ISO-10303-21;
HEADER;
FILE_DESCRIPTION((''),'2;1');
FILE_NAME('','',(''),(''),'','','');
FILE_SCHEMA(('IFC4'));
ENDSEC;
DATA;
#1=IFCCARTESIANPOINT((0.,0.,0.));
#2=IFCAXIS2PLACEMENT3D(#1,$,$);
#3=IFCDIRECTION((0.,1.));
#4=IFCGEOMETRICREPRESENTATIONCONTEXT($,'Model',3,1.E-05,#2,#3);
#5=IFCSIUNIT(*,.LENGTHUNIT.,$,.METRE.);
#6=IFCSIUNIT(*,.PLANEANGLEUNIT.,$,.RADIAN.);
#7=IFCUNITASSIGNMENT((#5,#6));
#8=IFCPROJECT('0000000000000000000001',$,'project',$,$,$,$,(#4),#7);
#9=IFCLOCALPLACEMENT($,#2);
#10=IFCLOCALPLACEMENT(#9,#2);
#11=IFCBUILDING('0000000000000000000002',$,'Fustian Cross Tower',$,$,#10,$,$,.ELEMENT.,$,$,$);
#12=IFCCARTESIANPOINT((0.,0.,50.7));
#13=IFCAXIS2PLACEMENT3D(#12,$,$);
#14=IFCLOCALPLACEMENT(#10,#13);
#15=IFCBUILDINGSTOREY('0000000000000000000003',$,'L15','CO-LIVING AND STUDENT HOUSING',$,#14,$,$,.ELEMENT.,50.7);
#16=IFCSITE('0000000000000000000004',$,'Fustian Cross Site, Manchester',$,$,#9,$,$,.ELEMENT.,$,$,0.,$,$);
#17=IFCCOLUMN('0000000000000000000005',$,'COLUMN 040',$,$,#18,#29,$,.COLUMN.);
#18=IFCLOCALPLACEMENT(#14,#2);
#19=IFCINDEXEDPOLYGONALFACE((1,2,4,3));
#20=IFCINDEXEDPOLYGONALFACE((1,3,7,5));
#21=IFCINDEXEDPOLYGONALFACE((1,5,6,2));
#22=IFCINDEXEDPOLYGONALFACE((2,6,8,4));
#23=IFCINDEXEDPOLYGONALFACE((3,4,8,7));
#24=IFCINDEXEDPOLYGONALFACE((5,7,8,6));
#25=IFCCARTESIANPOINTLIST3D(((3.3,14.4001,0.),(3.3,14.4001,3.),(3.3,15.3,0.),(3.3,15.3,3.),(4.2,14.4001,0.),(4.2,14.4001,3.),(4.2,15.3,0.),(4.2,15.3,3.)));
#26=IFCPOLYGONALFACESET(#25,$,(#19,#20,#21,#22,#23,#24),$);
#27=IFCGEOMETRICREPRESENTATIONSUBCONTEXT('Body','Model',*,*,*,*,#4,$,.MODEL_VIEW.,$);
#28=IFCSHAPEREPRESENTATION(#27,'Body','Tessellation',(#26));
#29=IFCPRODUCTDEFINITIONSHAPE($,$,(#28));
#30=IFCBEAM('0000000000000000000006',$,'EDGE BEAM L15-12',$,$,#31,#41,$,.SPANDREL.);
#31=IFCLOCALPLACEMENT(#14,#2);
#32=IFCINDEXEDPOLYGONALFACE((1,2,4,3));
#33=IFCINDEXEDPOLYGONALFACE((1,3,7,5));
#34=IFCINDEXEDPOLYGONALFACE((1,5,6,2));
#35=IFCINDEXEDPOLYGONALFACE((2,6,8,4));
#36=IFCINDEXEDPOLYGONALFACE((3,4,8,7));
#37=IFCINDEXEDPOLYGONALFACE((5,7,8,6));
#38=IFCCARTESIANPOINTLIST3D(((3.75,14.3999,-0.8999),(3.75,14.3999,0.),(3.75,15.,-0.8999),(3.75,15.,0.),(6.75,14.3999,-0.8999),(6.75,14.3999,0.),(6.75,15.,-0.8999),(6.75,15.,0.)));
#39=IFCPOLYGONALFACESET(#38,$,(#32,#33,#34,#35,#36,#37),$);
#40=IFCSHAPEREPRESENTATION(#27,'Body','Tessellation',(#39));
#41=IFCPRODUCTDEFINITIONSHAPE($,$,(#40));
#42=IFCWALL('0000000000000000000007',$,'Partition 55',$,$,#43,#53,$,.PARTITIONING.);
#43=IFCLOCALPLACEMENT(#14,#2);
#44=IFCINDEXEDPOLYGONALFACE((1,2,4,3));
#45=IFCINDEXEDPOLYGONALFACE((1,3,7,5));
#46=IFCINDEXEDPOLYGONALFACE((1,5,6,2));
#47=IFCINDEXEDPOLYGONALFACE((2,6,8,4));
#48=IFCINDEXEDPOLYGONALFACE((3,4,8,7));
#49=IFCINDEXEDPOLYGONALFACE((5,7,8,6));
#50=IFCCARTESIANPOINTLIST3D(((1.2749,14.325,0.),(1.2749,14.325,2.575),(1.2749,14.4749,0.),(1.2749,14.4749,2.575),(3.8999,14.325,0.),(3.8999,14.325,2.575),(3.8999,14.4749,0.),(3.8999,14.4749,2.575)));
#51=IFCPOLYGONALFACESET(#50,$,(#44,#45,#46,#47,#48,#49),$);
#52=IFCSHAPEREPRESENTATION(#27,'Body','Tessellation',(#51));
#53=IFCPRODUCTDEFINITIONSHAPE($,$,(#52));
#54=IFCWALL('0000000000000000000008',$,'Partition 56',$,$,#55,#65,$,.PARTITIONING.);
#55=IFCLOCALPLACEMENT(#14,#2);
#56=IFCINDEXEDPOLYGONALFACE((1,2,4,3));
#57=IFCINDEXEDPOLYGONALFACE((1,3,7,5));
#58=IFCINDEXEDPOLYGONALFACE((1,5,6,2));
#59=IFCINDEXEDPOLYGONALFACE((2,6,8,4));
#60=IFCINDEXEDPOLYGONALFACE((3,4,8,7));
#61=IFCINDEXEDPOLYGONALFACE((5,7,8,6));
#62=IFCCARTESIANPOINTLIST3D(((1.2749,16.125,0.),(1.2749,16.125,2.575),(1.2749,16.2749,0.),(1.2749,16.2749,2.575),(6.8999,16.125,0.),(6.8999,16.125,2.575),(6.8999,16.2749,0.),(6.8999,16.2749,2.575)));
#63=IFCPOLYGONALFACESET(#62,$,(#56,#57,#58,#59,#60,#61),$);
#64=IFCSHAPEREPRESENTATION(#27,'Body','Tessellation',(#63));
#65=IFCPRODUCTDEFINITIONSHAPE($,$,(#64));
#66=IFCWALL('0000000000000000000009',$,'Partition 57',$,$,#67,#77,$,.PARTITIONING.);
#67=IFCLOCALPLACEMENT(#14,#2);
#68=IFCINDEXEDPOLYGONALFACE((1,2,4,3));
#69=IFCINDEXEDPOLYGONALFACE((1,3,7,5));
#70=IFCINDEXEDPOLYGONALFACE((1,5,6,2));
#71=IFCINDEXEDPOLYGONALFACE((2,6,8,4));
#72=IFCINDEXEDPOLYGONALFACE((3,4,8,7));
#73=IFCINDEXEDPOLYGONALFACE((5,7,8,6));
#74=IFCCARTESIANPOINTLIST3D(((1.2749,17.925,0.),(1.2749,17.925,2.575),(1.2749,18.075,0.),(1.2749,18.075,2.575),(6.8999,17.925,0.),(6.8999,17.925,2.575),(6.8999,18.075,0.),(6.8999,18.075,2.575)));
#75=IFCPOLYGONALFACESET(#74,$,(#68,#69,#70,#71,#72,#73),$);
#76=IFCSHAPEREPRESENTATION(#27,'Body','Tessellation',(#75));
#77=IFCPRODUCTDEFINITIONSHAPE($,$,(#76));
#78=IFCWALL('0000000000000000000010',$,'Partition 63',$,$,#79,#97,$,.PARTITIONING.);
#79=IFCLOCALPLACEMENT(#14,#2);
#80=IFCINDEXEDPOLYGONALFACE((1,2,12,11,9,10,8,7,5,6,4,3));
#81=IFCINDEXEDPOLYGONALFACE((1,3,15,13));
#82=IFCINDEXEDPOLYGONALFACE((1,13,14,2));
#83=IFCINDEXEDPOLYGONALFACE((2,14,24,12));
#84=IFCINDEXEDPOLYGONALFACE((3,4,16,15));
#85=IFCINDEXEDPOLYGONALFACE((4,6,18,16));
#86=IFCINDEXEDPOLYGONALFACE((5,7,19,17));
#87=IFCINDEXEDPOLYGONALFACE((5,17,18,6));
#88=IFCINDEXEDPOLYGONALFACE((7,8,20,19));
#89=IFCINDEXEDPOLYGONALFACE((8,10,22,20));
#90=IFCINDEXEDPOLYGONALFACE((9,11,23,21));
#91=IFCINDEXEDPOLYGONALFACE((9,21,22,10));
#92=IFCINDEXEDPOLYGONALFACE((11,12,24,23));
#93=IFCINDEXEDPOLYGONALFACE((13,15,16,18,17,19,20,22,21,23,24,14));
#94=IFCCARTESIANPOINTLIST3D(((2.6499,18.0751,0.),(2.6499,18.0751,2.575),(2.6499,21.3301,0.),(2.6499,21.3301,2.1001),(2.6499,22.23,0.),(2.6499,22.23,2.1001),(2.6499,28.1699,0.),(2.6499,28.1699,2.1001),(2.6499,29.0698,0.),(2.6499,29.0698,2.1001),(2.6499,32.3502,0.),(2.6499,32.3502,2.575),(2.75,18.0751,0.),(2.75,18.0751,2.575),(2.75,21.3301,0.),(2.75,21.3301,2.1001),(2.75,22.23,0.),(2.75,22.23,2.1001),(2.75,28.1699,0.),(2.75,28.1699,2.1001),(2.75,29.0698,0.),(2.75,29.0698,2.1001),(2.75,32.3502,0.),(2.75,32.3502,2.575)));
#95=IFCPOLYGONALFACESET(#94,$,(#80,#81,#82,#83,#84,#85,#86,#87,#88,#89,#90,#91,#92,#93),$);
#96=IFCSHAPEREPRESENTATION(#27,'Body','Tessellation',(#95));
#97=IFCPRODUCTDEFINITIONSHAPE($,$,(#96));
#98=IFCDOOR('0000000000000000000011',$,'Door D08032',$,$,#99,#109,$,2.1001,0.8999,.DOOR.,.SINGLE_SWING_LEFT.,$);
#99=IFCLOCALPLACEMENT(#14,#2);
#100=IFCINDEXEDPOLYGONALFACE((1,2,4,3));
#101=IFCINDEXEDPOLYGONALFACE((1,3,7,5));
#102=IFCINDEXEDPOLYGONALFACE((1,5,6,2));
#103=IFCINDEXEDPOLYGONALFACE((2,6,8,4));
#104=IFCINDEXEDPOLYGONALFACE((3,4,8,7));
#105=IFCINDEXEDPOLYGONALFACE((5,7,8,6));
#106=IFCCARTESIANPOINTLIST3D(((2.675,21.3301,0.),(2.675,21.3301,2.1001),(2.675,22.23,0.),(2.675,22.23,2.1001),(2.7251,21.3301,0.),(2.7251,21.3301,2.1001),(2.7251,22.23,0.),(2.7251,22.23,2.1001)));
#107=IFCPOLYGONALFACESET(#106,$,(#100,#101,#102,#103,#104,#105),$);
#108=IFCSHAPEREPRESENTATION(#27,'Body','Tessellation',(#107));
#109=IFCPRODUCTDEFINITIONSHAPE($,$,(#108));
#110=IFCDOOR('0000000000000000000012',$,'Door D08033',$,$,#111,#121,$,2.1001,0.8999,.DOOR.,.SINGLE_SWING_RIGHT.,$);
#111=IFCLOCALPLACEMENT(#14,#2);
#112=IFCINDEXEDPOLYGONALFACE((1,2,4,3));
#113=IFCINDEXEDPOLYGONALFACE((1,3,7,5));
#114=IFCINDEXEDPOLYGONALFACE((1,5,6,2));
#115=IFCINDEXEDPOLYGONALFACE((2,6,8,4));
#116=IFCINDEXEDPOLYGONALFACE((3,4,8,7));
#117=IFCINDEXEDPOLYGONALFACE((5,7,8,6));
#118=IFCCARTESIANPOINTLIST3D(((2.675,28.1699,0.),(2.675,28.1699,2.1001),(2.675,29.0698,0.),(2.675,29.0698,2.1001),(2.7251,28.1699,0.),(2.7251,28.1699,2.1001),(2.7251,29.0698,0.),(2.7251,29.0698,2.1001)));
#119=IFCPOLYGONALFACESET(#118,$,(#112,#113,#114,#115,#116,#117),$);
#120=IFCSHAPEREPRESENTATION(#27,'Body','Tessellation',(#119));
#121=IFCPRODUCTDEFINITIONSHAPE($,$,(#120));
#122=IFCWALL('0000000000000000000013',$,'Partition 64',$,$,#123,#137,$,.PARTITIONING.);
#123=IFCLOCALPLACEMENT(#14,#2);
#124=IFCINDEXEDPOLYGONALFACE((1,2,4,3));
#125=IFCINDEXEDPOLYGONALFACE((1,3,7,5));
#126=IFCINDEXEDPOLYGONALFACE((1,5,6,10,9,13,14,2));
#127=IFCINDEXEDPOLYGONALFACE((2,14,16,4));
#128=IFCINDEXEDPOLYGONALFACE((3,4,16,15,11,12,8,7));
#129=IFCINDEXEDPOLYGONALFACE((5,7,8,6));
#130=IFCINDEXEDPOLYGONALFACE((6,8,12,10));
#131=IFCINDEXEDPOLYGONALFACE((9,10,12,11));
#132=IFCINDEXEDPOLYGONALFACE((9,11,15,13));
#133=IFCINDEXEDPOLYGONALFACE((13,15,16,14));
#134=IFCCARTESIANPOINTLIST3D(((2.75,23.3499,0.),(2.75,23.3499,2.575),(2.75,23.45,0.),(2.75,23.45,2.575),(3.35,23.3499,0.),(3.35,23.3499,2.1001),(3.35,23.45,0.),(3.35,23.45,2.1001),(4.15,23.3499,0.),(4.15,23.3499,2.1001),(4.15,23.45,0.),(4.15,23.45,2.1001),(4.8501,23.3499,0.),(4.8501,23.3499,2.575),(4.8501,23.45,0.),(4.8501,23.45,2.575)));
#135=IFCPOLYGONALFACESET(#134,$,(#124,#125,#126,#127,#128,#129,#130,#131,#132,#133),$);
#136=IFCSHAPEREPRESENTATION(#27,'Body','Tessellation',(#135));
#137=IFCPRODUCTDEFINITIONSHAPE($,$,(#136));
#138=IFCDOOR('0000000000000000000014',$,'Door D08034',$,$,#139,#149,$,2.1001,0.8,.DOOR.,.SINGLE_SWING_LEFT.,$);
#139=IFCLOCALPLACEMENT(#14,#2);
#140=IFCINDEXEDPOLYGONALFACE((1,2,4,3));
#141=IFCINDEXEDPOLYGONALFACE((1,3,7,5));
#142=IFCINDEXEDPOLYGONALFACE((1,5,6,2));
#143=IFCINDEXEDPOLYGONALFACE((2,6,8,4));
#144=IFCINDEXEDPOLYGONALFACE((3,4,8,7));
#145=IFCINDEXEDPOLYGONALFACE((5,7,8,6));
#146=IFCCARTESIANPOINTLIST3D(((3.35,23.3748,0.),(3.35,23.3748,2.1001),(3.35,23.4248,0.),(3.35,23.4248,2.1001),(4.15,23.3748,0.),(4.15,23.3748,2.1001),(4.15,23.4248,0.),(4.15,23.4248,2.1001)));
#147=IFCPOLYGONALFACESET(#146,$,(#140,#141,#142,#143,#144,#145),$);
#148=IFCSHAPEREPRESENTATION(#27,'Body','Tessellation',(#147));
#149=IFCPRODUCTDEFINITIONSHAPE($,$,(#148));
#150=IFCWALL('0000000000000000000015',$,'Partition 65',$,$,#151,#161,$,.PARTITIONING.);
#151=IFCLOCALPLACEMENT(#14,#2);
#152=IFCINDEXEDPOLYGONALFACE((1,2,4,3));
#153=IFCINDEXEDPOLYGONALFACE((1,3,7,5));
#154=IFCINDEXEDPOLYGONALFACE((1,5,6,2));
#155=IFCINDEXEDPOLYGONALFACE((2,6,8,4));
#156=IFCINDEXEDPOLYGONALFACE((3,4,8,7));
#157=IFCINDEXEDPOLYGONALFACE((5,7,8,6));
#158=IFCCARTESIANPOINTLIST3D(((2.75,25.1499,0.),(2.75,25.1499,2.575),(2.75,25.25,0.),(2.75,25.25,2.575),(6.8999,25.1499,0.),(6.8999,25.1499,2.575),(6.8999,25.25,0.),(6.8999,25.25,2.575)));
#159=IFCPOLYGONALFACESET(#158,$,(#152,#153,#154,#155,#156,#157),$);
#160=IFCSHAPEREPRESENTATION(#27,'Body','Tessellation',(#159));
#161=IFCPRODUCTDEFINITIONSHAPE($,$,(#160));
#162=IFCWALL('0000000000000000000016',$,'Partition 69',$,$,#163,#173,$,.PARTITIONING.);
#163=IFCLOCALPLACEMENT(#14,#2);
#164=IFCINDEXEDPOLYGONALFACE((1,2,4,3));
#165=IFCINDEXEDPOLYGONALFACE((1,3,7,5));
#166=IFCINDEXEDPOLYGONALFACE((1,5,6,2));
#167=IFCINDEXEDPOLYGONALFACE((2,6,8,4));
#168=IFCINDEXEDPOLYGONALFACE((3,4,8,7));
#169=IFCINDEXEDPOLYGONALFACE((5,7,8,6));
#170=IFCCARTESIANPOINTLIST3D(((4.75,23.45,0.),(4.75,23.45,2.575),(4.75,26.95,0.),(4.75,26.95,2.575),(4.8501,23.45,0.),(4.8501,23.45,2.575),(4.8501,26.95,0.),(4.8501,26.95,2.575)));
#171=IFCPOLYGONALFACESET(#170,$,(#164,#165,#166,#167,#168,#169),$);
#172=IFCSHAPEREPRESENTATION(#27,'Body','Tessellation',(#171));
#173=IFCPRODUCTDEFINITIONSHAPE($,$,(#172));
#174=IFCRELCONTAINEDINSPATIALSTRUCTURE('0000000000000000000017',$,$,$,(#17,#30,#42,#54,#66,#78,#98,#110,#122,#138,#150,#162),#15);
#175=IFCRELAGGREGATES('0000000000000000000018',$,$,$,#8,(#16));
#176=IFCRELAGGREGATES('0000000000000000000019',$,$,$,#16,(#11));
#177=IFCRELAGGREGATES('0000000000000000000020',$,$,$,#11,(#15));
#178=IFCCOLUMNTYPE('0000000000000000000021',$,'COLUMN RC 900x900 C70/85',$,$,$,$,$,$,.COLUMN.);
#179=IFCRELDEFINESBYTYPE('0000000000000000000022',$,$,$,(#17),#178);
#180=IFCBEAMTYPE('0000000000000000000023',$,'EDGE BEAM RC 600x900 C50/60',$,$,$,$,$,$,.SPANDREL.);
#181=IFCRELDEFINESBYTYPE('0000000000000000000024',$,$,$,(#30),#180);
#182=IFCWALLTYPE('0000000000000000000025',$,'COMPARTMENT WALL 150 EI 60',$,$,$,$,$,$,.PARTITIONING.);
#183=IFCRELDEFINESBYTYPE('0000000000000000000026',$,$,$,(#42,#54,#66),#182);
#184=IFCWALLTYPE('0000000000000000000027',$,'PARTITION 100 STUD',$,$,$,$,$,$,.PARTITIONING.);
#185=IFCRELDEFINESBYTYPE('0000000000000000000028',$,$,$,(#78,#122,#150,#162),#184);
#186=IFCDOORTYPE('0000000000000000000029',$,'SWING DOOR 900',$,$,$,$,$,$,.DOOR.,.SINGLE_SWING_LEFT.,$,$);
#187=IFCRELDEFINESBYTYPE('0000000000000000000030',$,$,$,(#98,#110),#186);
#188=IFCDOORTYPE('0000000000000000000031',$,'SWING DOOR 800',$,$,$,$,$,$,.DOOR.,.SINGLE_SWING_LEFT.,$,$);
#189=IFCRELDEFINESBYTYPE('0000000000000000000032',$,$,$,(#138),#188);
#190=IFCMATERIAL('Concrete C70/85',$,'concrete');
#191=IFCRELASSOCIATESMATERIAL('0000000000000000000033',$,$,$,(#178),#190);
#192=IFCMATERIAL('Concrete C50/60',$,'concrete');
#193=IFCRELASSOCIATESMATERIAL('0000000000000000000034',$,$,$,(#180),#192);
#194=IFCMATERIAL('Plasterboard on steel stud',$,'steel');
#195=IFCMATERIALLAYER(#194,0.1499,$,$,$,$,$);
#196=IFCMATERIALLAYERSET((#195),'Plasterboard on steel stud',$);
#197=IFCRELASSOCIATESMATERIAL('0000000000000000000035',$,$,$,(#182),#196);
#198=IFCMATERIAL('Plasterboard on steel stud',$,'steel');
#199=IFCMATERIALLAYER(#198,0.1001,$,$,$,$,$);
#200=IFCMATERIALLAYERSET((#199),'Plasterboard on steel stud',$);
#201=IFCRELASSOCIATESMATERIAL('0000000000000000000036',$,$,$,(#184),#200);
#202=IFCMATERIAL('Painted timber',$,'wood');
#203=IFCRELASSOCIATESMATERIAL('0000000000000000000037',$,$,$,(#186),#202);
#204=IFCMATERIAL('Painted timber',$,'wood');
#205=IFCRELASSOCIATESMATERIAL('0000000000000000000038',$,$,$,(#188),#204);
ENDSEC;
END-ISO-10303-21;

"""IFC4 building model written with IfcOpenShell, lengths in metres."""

from ifc_helpers import new_model, si_unit, direction, frame, frame_2d, origin, origin_2d, place, context, subcontext, project, spatial, rectangle, extrude, material, layer, layer_set, material_profile, profile_set, type_object, element, fill, save


model = new_model("IFC4")

# Units and contexts
model_context = context("Model", 3, precision=1e-05, world=origin(), true_north=direction((0.0, 1.0)))
body_context = subcontext(model_context, "Body", "Model", "MODEL_VIEW")
ifc_project = project(units=[si_unit("LENGTHUNIT", "METRE"), si_unit("PLANEANGLEUNIT", "RADIAN")], contexts=[model_context])

# Site, building, storey
site_placement = place(None, origin())
site = spatial("IfcSite", under=ifc_project, at=site_placement, Name="Fustian Cross Site, Manchester", CompositionType="ELEMENT", RefElevation=0.0)
building_placement = place(site_placement, origin())
building = spatial("IfcBuilding", under=site, at=building_placement, Name="Fustian Cross Tower", CompositionType="ELEMENT")
storey_placement = place(building_placement, frame((0.0, 0.0, 50.7)))
storey = spatial("IfcBuildingStorey", under=building, at=storey_placement, Name="L15", Description="CO-LIVING AND STUDENT HOUSING", CompositionType="ELEMENT", Elevation=50.7)

# Column
ifc_material_1 = material(Name="Concrete C70/85", Category="concrete")
ifc_material_profile_1 = material_profile(ifc_material_1, rectangle(XDim=0.8999, YDim=0.8999, at=origin_2d()), Name="RC 900x900")
ifc_profile_set_1 = profile_set([ifc_material_profile_1], Name="Concrete C70/85")
column_type = type_object("IfcColumnType", Name="COLUMN RC 900x900 C70/85", PredefinedType="COLUMN", material=ifc_profile_set_1)
column_placement = place(storey_placement, frame((3.75, 14.8501, 0.0), z_axis=(0.0, 0.0, 1.0), x_axis=(1.0, 0.0, 0.0)))
element("IfcColumn", 1, at=column_placement, inside=storey, type_object=column_type, Name="COLUMN 040", PredefinedType="COLUMN", context=body_context, shape_type="SweptSolid", body=[
    extrude(rectangle(XDim=0.8999, YDim=0.8999, at=origin_2d()), origin(), (0.0, 0.0, 1.0), 3.0),
])

# Beam
ifc_material_2 = material(Name="Concrete C50/60", Category="concrete")
ifc_material_profile_2 = material_profile(ifc_material_2, rectangle(XDim=0.6001, YDim=0.8999, at=origin_2d()), Name="RC 600x900")
ifc_profile_set_2 = profile_set([ifc_material_profile_2], Name="Concrete C50/60")
beam_type = type_object("IfcBeamType", Name="EDGE BEAM RC 600x900 C50/60", PredefinedType="SPANDREL", material=ifc_profile_set_2)
beam_placement = place(storey_placement, frame((3.75, 14.7, -0.45), z_axis=(1.0, 0.0, 0.0), x_axis=(0.0, 1.0, 0.0)))
element("IfcBeam", 2, at=beam_placement, inside=storey, type_object=beam_type, Name="EDGE BEAM L15-12", PredefinedType="SPANDREL", context=body_context, shape_type="SweptSolid", body=[
    extrude(rectangle(XDim=0.6001, YDim=0.8999, at=origin_2d()), origin(), (0.0, 0.0, 1.0), 3.0),
])

# Walls
ifc_material_3 = material(Name="Plasterboard on steel stud", Category="steel")
ifc_layer_1 = layer(ifc_material_3, 0.1499)
ifc_layer_set_1 = layer_set([ifc_layer_1], Name="Plasterboard on steel stud")
wall_type_1 = type_object("IfcWallType", Name="COMPARTMENT WALL 150 EI 60", PredefinedType="PARTITIONING", material=ifc_layer_set_1)
wall_1_placement = place(storey_placement, frame((1.2749, 14.3999, 0.0), z_axis=(0.0, 0.0, 1.0), x_axis=(1.0, 0.0, 0.0)))
element("IfcWall", 3, at=wall_1_placement, inside=storey, type_object=wall_type_1, Name="Partition 55", PredefinedType="PARTITIONING", context=body_context, shape_type="SweptSolid", body=[
    extrude(rectangle(XDim=2.625, YDim=0.1499, at=frame_2d((1.3125, 0.0))), origin(), (0.0, 0.0, 1.0), 2.575),
])
for number, where, z_axis, x_axis, name in (
    (4, (1.2749, 16.2, 0.0), (0.0, 0.0, 1.0), (1.0, 0.0, 0.0), "Partition 56"),
    (5, (1.2749, 18.0, 0.0), (0.0, 0.0, 1.0), (1.0, 0.0, 0.0), "Partition 57"),
):
    element("IfcWall", number, at=place(storey_placement, frame(where, z_axis=z_axis, x_axis=x_axis)), inside=storey, type_object=wall_type_1, Name=name, PredefinedType="PARTITIONING", context=body_context, shape_type="SweptSolid", body=[
        extrude(rectangle(XDim=5.625, YDim=0.1499, at=frame_2d((2.8125, 0.0))), origin(), (0.0, 0.0, 1.0), 2.575),
    ])

# Wall, openings, doors
ifc_material_4 = material(Name="Plasterboard on steel stud", Category="steel")
ifc_layer_2 = layer(ifc_material_4, 0.1001)
ifc_layer_set_2 = layer_set([ifc_layer_2], Name="Plasterboard on steel stud")
wall_type_2 = type_object("IfcWallType", Name="PARTITION 100 STUD", PredefinedType="PARTITIONING", material=ifc_layer_set_2)
wall_2_placement = place(storey_placement, frame((2.7, 18.075, 0.0), z_axis=(0.0, 0.0, 1.0), x_axis=(0.0, 1.0, 0.0)))
wall_2 = element("IfcWall", 6, at=wall_2_placement, inside=storey, type_object=wall_type_2, Name="Partition 63", PredefinedType="PARTITIONING", context=body_context, shape_type="SweptSolid", body=[
    extrude(rectangle(XDim=14.2751, YDim=0.1001, at=frame_2d((7.1377, 0.0))), origin(), (0.0, 0.0, 1.0), 2.575),
])
opening_1_placement = place(wall_2_placement, frame((3.2551, 0.0, 0.0)))
opening_1 = element("IfcOpeningElement", 7, at=opening_1_placement, cuts=wall_2, PredefinedType="OPENING", context=body_context, shape_type="SweptSolid", body=[
    extrude(rectangle(XDim=0.8999, YDim=2.1001, at=frame_2d((0.45, 1.05))), frame((0.0, 0.0601, 0.0), z_axis=(0.0, -1.0, 0.0), x_axis=(1.0, 0.0, 0.0)), (0.0, 0.0, 1.0), 0.1201),
])
opening_2_placement = place(wall_2_placement, frame((10.095, 0.0, 0.0)))
opening_2 = element("IfcOpeningElement", 8, at=opening_2_placement, cuts=wall_2, PredefinedType="OPENING", context=body_context, shape_type="SweptSolid", body=[
    extrude(rectangle(XDim=0.8999, YDim=2.1001, at=frame_2d((0.45, 1.05))), frame((0.0, 0.0601, 0.0), z_axis=(0.0, -1.0, 0.0), x_axis=(1.0, 0.0, 0.0)), (0.0, 0.0, 1.0), 0.1201),
])
ifc_material_5 = material(Name="Painted timber", Category="wood")
door_type_1 = type_object("IfcDoorType", Name="SWING DOOR 900", OperationType="SINGLE_SWING_LEFT", PredefinedType="DOOR", material=ifc_material_5)
door_1_placement = place(opening_1_placement, origin())
door_1 = element("IfcDoor", 9, at=door_1_placement, inside=storey, type_object=door_type_1, Name="Door D08032", OperationType="SINGLE_SWING_LEFT", OverallHeight=2.1001, OverallWidth=0.8999, PredefinedType="DOOR", context=body_context, shape_type="SweptSolid", body=[
    extrude(rectangle(XDim=0.8999, YDim=2.1001, at=frame_2d((0.45, 1.05))), frame((0.0, 0.0249, 0.0), z_axis=(0.0, -1.0, 0.0), x_axis=(1.0, 0.0, 0.0)), (0.0, 0.0, 1.0), 0.05),
])
fill(opening_1, door_1)
door_2_placement = place(opening_2_placement, origin())
door_2 = element("IfcDoor", 10, at=door_2_placement, inside=storey, type_object=door_type_1, Name="Door D08033", OperationType="SINGLE_SWING_RIGHT", OverallHeight=2.1001, OverallWidth=0.8999, PredefinedType="DOOR", context=body_context, shape_type="SweptSolid", body=[
    extrude(rectangle(XDim=0.8999, YDim=2.1001, at=frame_2d((0.45, 1.05))), frame((0.0, 0.0249, 0.0), z_axis=(0.0, -1.0, 0.0), x_axis=(1.0, 0.0, 0.0)), (0.0, 0.0, 1.0), 0.05),
])
fill(opening_2, door_2)

# Wall, opening, door
wall_3_placement = place(storey_placement, frame((2.75, 23.3999, 0.0), z_axis=(0.0, 0.0, 1.0), x_axis=(1.0, 0.0, 0.0)))
wall_3 = element("IfcWall", 11, at=wall_3_placement, inside=storey, type_object=wall_type_2, Name="Partition 64", PredefinedType="PARTITIONING", context=body_context, shape_type="SweptSolid", body=[
    extrude(rectangle(XDim=2.1001, YDim=0.1001, at=frame_2d((1.05, 0.0))), origin(), (0.0, 0.0, 1.0), 2.575),
])
opening_3_placement = place(wall_3_placement, frame((0.6001, 0.0, 0.0)))
opening_3 = element("IfcOpeningElement", 12, at=opening_3_placement, cuts=wall_3, PredefinedType="OPENING", context=body_context, shape_type="SweptSolid", body=[
    extrude(rectangle(XDim=0.8, YDim=2.1001, at=frame_2d((0.3999, 1.05))), frame((0.0, 0.0601, 0.0), z_axis=(0.0, -1.0, 0.0), x_axis=(1.0, 0.0, 0.0)), (0.0, 0.0, 1.0), 0.1201),
])
ifc_material_6 = material(Name="Painted timber", Category="wood")
door_type_2 = type_object("IfcDoorType", Name="SWING DOOR 800", OperationType="SINGLE_SWING_LEFT", PredefinedType="DOOR", material=ifc_material_6)
door_3_placement = place(opening_3_placement, origin())
door_3 = element("IfcDoor", 13, at=door_3_placement, inside=storey, type_object=door_type_2, Name="Door D08034", OperationType="SINGLE_SWING_LEFT", OverallHeight=2.1001, OverallWidth=0.8, PredefinedType="DOOR", context=body_context, shape_type="SweptSolid", body=[
    extrude(rectangle(XDim=0.8, YDim=2.1001, at=frame_2d((0.3999, 1.05))), frame((0.0, 0.0249, 0.0), z_axis=(0.0, -1.0, 0.0), x_axis=(1.0, 0.0, 0.0)), (0.0, 0.0, 1.0), 0.05),
])
fill(opening_3, door_3)

# Walls
wall_4_placement = place(storey_placement, frame((2.75, 25.2, 0.0), z_axis=(0.0, 0.0, 1.0), x_axis=(1.0, 0.0, 0.0)))
element("IfcWall", 14, at=wall_4_placement, inside=storey, type_object=wall_type_2, Name="Partition 65", PredefinedType="PARTITIONING", context=body_context, shape_type="SweptSolid", body=[
    extrude(rectangle(XDim=4.1499, YDim=0.1001, at=frame_2d((2.075, 0.0))), origin(), (0.0, 0.0, 1.0), 2.575),
])
wall_5_placement = place(storey_placement, frame((4.8, 23.45, 0.0), z_axis=(0.0, 0.0, 1.0), x_axis=(0.0, 1.0, 0.0)))
element("IfcWall", 15, at=wall_5_placement, inside=storey, type_object=wall_type_2, Name="Partition 69", PredefinedType="PARTITIONING", context=body_context, shape_type="SweptSolid", body=[
    extrude(rectangle(XDim=3.5, YDim=0.1001, at=frame_2d((1.75, 0.0))), origin(), (0.0, 0.0, 1.0), 2.575),
])

save(model, "model.ifc")
